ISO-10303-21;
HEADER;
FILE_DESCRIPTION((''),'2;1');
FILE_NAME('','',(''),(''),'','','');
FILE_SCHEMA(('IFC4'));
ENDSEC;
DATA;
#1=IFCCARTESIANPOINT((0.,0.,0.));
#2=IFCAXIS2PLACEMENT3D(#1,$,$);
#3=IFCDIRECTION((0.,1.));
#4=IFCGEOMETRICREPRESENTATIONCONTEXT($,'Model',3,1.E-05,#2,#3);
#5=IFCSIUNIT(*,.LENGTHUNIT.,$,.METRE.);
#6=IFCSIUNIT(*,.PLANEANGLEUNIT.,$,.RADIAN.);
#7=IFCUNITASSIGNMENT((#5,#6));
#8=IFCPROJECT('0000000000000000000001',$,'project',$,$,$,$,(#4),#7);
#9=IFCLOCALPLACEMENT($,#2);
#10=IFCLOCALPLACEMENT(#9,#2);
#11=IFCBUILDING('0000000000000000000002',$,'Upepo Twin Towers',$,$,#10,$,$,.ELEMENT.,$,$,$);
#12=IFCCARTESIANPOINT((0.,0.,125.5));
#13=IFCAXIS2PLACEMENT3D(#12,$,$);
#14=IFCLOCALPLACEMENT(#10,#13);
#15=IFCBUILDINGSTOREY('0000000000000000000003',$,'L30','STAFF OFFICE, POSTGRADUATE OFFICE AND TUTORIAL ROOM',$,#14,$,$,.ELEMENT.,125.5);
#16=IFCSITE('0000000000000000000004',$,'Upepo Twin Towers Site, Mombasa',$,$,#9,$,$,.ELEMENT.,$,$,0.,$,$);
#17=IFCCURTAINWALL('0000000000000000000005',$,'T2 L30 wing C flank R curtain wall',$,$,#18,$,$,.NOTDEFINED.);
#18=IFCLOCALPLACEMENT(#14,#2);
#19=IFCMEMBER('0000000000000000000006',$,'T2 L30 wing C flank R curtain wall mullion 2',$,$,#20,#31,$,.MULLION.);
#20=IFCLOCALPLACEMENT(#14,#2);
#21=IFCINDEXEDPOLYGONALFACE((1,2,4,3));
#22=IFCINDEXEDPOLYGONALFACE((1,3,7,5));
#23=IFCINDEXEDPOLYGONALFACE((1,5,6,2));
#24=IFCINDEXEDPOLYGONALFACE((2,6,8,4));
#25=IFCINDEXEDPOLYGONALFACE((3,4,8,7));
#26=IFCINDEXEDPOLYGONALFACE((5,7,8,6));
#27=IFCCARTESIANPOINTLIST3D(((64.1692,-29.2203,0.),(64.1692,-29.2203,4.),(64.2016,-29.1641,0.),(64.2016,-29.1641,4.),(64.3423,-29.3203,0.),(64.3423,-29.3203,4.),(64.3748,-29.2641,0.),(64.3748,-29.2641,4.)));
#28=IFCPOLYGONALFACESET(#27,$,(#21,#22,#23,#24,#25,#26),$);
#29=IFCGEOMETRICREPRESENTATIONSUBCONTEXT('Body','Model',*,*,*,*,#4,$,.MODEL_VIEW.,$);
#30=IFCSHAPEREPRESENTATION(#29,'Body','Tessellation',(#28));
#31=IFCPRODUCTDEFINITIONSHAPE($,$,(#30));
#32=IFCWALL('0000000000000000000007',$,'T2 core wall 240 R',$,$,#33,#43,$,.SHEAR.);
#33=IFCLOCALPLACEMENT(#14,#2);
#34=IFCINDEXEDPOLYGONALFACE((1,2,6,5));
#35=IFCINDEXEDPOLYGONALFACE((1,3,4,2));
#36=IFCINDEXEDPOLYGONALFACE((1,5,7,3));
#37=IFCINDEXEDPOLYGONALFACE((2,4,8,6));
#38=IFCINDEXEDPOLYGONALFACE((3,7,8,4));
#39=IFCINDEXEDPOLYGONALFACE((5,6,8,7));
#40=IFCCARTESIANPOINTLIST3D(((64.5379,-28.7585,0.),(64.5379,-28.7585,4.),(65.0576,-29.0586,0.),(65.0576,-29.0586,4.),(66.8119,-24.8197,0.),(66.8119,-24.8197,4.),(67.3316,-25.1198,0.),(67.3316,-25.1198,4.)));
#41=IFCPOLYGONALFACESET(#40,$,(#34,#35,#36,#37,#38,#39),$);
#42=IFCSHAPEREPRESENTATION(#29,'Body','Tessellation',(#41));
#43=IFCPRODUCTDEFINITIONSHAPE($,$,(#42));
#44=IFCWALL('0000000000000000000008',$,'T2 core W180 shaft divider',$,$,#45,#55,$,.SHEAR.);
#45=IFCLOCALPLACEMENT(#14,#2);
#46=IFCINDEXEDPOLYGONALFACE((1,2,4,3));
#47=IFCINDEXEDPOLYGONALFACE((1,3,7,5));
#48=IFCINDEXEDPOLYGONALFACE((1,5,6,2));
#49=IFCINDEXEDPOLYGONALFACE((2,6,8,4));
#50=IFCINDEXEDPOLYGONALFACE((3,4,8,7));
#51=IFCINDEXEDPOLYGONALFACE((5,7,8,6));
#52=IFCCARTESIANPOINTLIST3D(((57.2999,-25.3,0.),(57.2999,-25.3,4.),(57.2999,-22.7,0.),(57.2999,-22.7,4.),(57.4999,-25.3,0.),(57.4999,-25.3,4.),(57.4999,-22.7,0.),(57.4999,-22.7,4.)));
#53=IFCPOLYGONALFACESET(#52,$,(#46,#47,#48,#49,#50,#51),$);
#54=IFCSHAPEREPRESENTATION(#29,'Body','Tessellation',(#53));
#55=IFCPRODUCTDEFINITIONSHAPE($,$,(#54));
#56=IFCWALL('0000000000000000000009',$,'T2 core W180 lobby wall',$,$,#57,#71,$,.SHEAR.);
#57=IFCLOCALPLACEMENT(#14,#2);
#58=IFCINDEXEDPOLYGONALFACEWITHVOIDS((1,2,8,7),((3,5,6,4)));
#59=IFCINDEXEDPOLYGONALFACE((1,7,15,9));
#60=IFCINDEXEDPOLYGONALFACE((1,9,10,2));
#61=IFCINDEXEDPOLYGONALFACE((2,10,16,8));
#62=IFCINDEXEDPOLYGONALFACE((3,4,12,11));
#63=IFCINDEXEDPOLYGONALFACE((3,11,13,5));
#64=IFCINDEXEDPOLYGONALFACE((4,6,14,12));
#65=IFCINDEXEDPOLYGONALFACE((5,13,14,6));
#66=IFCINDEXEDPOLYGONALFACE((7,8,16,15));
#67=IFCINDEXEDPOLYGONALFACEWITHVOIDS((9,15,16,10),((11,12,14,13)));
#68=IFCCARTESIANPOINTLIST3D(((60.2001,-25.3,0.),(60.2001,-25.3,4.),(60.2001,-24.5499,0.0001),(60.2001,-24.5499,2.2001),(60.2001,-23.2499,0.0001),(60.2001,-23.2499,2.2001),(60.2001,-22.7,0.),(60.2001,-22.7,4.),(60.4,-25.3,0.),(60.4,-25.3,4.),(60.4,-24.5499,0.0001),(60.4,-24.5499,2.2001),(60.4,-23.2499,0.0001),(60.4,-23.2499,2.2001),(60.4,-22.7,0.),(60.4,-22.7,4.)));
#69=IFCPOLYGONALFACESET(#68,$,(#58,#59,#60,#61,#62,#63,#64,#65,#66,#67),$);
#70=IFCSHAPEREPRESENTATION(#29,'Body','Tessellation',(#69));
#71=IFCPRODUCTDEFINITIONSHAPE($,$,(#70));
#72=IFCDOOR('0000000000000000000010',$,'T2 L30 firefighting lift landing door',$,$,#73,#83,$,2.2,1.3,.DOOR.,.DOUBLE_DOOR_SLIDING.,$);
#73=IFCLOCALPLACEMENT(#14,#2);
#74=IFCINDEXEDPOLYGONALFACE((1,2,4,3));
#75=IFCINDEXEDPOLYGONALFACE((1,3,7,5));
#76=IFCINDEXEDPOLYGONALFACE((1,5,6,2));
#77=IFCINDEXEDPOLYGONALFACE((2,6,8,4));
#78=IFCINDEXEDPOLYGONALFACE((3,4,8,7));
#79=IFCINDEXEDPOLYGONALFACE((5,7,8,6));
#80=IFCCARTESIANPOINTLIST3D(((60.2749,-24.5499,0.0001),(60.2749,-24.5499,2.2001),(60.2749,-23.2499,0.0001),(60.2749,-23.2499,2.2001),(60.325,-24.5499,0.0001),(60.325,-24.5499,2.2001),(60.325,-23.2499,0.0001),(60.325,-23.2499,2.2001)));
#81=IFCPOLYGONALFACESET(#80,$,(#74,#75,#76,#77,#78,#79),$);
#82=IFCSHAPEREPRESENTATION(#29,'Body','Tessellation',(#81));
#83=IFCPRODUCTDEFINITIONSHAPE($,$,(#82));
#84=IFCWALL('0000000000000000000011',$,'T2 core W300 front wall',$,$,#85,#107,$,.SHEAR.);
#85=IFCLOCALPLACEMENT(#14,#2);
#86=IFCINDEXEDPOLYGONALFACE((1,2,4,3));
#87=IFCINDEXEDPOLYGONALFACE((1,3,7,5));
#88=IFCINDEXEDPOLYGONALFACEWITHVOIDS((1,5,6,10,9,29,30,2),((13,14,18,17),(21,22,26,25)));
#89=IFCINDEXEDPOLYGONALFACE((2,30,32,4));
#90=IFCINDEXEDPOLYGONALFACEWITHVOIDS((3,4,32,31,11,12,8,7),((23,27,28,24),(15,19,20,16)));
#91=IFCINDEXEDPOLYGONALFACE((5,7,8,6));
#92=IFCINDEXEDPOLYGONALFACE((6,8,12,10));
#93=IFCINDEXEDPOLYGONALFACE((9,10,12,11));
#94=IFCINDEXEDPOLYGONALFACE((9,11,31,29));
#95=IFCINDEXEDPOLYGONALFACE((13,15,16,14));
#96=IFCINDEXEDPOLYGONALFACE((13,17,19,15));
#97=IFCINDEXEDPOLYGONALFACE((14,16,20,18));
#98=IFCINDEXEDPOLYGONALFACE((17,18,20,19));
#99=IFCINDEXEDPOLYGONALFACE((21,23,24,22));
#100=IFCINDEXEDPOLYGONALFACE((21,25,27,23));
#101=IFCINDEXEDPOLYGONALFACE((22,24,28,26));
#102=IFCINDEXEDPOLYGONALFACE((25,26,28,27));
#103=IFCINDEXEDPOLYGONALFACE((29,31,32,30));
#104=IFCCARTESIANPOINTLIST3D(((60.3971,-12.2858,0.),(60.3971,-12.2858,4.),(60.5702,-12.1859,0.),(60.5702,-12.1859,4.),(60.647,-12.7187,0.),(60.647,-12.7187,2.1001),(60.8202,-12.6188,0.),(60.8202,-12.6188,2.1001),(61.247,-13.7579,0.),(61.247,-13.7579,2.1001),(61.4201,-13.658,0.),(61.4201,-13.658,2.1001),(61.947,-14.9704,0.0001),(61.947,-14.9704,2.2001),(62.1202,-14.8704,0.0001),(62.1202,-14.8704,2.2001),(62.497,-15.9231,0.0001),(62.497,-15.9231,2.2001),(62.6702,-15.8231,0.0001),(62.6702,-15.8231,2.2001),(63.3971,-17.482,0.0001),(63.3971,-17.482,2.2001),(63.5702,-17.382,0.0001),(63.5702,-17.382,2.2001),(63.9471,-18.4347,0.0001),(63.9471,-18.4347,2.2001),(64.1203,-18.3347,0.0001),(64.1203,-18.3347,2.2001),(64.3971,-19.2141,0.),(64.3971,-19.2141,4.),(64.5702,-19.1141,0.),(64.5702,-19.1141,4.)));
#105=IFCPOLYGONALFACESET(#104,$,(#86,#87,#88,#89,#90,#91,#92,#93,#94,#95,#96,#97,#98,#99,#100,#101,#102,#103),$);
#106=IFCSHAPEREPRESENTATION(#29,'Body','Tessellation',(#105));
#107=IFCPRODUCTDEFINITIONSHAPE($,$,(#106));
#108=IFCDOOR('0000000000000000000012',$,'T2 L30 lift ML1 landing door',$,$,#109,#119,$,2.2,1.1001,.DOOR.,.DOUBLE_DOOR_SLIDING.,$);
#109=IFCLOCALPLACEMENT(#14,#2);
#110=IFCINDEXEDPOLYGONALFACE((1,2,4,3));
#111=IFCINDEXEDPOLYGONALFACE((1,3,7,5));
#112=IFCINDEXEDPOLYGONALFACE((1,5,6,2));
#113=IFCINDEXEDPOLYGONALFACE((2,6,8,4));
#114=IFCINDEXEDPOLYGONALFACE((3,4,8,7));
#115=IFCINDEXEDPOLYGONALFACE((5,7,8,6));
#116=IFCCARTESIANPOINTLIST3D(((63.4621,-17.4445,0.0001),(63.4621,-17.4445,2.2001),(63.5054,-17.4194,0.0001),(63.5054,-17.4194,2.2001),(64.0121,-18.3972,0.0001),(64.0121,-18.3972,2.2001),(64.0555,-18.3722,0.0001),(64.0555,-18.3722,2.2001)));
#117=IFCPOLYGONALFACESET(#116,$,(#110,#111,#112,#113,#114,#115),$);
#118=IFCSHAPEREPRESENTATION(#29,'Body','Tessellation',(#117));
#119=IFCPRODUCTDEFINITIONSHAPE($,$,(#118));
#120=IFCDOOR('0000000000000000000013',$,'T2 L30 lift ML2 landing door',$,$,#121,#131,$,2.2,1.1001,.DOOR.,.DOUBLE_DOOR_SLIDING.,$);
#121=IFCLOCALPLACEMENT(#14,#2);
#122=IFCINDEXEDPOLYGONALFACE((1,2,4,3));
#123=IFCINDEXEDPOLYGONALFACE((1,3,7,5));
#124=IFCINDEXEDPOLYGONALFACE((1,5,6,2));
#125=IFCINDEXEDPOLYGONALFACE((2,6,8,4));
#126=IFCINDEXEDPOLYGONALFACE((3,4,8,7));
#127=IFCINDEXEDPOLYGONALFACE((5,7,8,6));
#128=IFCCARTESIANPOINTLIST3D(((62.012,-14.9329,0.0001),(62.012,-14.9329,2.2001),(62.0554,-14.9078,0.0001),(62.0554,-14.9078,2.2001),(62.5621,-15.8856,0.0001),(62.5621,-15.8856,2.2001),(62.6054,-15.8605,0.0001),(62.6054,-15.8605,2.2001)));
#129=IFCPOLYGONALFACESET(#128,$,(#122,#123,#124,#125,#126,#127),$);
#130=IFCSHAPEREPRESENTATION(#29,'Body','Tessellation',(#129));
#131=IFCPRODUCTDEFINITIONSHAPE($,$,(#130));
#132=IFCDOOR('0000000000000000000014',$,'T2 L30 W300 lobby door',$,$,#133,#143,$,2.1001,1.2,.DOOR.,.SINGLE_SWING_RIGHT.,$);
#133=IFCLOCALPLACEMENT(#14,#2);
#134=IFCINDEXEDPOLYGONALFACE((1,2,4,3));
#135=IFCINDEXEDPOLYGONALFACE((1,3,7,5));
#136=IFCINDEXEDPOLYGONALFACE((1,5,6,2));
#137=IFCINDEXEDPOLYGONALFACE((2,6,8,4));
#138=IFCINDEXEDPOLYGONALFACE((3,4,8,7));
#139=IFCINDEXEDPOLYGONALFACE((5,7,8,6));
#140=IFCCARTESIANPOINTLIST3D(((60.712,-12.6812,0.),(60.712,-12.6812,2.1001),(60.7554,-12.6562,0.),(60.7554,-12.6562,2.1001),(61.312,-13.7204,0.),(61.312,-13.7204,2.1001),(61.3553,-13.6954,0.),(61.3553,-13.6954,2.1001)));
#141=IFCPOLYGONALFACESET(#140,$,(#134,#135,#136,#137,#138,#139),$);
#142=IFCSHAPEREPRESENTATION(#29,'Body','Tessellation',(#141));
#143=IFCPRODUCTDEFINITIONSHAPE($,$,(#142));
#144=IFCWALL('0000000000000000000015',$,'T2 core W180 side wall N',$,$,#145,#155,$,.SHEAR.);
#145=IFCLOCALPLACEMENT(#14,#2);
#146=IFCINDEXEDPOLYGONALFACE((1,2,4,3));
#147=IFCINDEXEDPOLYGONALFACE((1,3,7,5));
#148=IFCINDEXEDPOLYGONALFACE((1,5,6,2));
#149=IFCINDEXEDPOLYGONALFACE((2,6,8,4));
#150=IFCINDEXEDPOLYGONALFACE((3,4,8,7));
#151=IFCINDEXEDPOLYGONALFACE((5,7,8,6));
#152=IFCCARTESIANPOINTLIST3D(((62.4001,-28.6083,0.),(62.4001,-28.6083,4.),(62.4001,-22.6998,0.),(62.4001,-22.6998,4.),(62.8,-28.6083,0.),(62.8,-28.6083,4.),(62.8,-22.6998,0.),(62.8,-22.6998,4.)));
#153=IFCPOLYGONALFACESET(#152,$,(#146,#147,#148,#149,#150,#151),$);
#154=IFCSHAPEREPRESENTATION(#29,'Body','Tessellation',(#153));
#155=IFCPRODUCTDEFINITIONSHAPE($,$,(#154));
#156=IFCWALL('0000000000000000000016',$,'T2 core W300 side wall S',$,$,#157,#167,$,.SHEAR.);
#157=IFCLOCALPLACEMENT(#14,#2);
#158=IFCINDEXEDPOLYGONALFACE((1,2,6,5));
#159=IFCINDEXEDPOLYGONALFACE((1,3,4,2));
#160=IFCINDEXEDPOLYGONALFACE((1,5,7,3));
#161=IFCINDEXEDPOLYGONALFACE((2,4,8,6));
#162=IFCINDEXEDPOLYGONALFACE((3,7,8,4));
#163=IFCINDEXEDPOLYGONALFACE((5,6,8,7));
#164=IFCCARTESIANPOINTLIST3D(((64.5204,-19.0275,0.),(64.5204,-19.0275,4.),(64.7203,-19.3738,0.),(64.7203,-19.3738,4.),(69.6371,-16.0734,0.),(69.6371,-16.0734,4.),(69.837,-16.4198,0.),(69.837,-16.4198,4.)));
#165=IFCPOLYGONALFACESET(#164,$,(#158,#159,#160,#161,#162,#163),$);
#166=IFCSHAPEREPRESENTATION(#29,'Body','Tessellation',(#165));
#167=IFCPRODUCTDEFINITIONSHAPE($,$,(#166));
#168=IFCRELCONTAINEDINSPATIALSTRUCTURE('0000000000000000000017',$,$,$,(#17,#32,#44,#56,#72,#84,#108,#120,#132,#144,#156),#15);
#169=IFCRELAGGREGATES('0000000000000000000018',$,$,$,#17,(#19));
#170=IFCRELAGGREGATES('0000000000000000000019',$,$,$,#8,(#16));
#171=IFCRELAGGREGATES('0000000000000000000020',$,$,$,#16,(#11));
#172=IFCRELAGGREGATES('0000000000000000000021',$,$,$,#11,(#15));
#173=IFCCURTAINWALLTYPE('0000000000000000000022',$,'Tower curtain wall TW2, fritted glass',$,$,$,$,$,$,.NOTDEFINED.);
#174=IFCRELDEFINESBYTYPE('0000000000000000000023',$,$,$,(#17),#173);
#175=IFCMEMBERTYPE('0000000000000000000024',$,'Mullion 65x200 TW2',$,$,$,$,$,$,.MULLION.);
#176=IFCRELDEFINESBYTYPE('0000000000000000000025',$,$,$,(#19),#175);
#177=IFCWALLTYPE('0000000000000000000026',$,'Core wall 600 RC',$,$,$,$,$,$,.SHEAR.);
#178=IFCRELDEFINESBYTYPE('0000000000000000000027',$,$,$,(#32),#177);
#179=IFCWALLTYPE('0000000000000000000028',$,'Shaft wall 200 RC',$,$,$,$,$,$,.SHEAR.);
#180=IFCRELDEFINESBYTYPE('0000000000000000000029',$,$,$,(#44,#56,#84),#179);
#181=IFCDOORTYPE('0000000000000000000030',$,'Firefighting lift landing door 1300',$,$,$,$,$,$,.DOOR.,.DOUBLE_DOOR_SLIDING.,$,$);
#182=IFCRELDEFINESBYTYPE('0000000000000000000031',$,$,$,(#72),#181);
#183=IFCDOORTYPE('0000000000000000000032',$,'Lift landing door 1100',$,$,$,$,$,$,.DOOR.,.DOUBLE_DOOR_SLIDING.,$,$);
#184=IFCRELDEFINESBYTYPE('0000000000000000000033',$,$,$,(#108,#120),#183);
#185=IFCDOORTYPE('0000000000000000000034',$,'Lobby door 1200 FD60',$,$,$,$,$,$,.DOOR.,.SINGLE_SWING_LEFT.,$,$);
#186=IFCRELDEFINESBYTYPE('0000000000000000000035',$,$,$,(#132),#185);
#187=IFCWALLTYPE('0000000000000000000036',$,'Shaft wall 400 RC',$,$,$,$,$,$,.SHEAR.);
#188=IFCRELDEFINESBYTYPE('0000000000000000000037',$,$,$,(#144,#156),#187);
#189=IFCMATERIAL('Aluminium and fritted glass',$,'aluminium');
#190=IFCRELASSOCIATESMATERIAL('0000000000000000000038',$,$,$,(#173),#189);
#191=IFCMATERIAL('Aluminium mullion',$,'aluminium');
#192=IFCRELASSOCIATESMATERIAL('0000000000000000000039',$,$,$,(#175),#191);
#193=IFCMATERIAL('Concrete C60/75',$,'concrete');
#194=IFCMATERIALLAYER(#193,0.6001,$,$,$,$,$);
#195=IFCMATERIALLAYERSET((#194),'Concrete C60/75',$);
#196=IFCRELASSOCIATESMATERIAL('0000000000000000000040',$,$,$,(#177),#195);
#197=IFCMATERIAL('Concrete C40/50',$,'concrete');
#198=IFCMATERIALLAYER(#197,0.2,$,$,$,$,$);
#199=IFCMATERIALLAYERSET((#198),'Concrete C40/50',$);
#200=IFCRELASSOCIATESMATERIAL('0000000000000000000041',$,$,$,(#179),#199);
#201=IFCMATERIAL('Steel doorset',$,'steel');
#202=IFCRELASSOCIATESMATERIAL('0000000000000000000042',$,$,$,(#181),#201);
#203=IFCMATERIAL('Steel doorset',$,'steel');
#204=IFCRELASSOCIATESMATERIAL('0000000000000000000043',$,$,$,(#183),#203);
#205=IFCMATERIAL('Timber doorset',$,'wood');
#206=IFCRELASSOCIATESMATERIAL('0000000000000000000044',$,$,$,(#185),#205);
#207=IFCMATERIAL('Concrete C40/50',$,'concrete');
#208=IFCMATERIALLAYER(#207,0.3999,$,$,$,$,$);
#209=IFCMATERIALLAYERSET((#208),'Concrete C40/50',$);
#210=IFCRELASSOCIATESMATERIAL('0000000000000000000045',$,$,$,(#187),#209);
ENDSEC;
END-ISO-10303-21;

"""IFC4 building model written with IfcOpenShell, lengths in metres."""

from ifc_helpers import new_model, si_unit, direction, frame, frame_2d, origin, origin_2d, place, context, subcontext, project, spatial, rectangle, extrude, material, layer, layer_set, material_profile, profile_set, type_object, element, fill, aggregate, save


model = new_model("IFC4")

# Units and contexts
model_context = context("Model", 3, precision=1e-05, world=origin(), true_north=direction((0.0, 1.0)))
body_context = subcontext(model_context, "Body", "Model", "MODEL_VIEW")
ifc_project = project(units=[si_unit("LENGTHUNIT", "METRE"), si_unit("PLANEANGLEUNIT", "RADIAN")], contexts=[model_context])

# Site, building, storey
site_placement = place(None, origin())
site = spatial("IfcSite", under=ifc_project, at=site_placement, Name="Upepo Twin Towers Site, Mombasa", CompositionType="ELEMENT", RefElevation=0.0)
building_placement = place(site_placement, origin())
building = spatial("IfcBuilding", under=site, at=building_placement, Name="Upepo Twin Towers", CompositionType="ELEMENT")
storey_placement = place(building_placement, frame((0.0, 0.0, 125.5)))
storey = spatial("IfcBuildingStorey", under=building, at=storey_placement, Name="L30", Description="STAFF OFFICE, POSTGRADUATE OFFICE AND TUTORIAL ROOM", CompositionType="ELEMENT", Elevation=125.5)

# Curtain wall, member
ifc_material_1 = material(Name="Aluminium and fritted glass", Category="aluminium")
curtain_wall_type = type_object("IfcCurtainWallType", Name="Tower curtain wall TW2, fritted glass", PredefinedType="NOTDEFINED", material=ifc_material_1)
curtain_wall_placement = place(storey_placement, origin())
curtain_wall = element("IfcCurtainWall", 1, at=curtain_wall_placement, inside=storey, type_object=curtain_wall_type, Name="T2 L30 wing C flank R curtain wall", PredefinedType="NOTDEFINED")
ifc_material_2 = material(Name="Aluminium mullion", Category="aluminium")
ifc_material_profile = material_profile(ifc_material_2, rectangle(XDim=0.0649, YDim=0.2, at=origin_2d()), Name="MULLION 65x200")
ifc_profile_set = profile_set([ifc_material_profile], Name="Aluminium mullion")
member_type = type_object("IfcMemberType", Name="Mullion 65x200 TW2", PredefinedType="MULLION", material=ifc_profile_set)
member_placement = place(storey_placement, frame((64.272, -29.2422, 0.0), z_axis=(0.0, 0.0, 1.0), x_axis=(-0.5, -0.866025, 0.0)))
member = element("IfcMember", 2, at=member_placement, type_object=member_type, Name="T2 L30 wing C flank R curtain wall mullion 2", PredefinedType="MULLION", context=body_context, shape_type="SweptSolid", body=[
    extrude(rectangle(XDim=0.0649, YDim=0.2, at=origin_2d()), origin(), (0.0, 0.0, 1.0), 4.0),
])
aggregate(curtain_wall, [member])

# Walls
ifc_material_3 = material(Name="Concrete C60/75", Category="concrete")
ifc_layer_1 = layer(ifc_material_3, 0.6001)
ifc_layer_set_1 = layer_set([ifc_layer_1], Name="Concrete C60/75")
wall_type_1 = type_object("IfcWallType", Name="Core wall 600 RC", PredefinedType="SHEAR", material=ifc_layer_set_1)
wall_1_placement = place(storey_placement, frame((64.7979, -28.9084, 0.0), z_axis=(0.0, 0.0, 1.0), x_axis=(0.499984, 0.866035, 0.0)))
element("IfcWall", 3, at=wall_1_placement, inside=storey, type_object=wall_type_1, Name="T2 core wall 240 R", PredefinedType="SHEAR", context=body_context, shape_type="SweptSolid", body=[
    extrude(rectangle(XDim=4.5481, YDim=0.6001, at=frame_2d((2.2739, 0.0))), origin(), (0.0, 0.0, 1.0), 4.0),
])
ifc_material_4 = material(Name="Concrete C40/50", Category="concrete")
ifc_layer_2 = layer(ifc_material_4, 0.2)
ifc_layer_set_2 = layer_set([ifc_layer_2], Name="Concrete C40/50")
wall_type_2 = type_object("IfcWallType", Name="Shaft wall 200 RC", PredefinedType="SHEAR", material=ifc_layer_set_2)
wall_2_placement = place(storey_placement, frame((57.3999, -22.7, 0.0), z_axis=(0.0, 0.0, 1.0), x_axis=(0.0, -1.0, 0.0)))
element("IfcWall", 4, at=wall_2_placement, inside=storey, type_object=wall_type_2, Name="T2 core W180 shaft divider", PredefinedType="SHEAR", context=body_context, shape_type="SweptSolid", body=[
    extrude(rectangle(XDim=2.6001, YDim=0.2, at=frame_2d((1.3, 0.0))), origin(), (0.0, 0.0, 1.0), 4.0),
])

# Wall, opening, door
wall_3_placement = place(storey_placement, frame((60.3, -22.7, 0.0), z_axis=(0.0, 0.0, 1.0), x_axis=(0.0, -1.0, 0.0)))
wall_3 = element("IfcWall", 5, at=wall_3_placement, inside=storey, type_object=wall_type_2, Name="T2 core W180 lobby wall", PredefinedType="SHEAR", context=body_context, shape_type="SweptSolid", body=[
    extrude(rectangle(XDim=2.6001, YDim=0.2, at=frame_2d((1.3, 0.0))), origin(), (0.0, 0.0, 1.0), 4.0),
])
opening_1_placement = place(wall_3_placement, frame((0.55, 0.0, 0.0)))
opening_1 = element("IfcOpeningElement", 6, at=opening_1_placement, cuts=wall_3, PredefinedType="OPENING", context=body_context, shape_type="SweptSolid", body=[
    extrude(rectangle(XDim=1.3, YDim=2.2, at=frame_2d((0.6499, 1.1001))), frame((0.0, 0.1099, 0.0), z_axis=(0.0, -1.0, 0.0), x_axis=(1.0, 0.0, 0.0)), (0.0, 0.0, 1.0), 0.22),
])
ifc_material_5 = material(Name="Steel doorset", Category="steel")
door_type_1 = type_object("IfcDoorType", Name="Firefighting lift landing door 1300", OperationType="DOUBLE_DOOR_SLIDING", PredefinedType="DOOR", material=ifc_material_5)
door_1_placement = place(opening_1_placement, origin())
door_1 = element("IfcDoor", 7, at=door_1_placement, inside=storey, type_object=door_type_1, Name="T2 L30 firefighting lift landing door", OperationType="DOUBLE_DOOR_SLIDING", OverallHeight=2.2, OverallWidth=1.3, PredefinedType="DOOR", context=body_context, shape_type="SweptSolid", body=[
    extrude(rectangle(XDim=1.3, YDim=2.2, at=frame_2d((0.6499, 1.1001))), frame((0.0, 0.0249, 0.0), z_axis=(0.0, -1.0, 0.0), x_axis=(1.0, 0.0, 0.0)), (0.0, 0.0, 1.0), 0.05),
])
fill(opening_1, door_1)

# Wall, openings, doors
wall_4_placement = place(storey_placement, frame((64.4836, -19.1641, 0.0), z_axis=(0.0, 0.0, 1.0), x_axis=(-0.499999, 0.866026, 0.0)))
wall_4 = element("IfcWall", 8, at=wall_4_placement, inside=storey, type_object=wall_type_2, Name="T2 core W300 front wall", PredefinedType="SHEAR", context=body_context, shape_type="SweptSolid", body=[
    extrude(rectangle(XDim=8.0, YDim=0.2, at=frame_2d((4.0, 0.0))), origin(), (0.0, 0.0, 1.0), 4.0),
])
opening_2_placement = place(wall_4_placement, frame((6.3, 0.0, 0.0)))
opening_2 = element("IfcOpeningElement", 9, at=opening_2_placement, cuts=wall_4, PredefinedType="OPENING", context=body_context, shape_type="SweptSolid", body=[
    extrude(rectangle(XDim=1.2, YDim=2.1001, at=frame_2d((0.6001, 1.05))), frame((0.0, 0.1099, 0.0), z_axis=(0.0, -1.0, 0.0), x_axis=(1.0, 0.0, 0.0)), (0.0, 0.0, 1.0), 0.22),
])
opening_3_placement = place(wall_4_placement, frame((0.8999, 0.0, 0.0)))
opening_3 = element("IfcOpeningElement", 10, at=opening_3_placement, cuts=wall_4, PredefinedType="OPENING", context=body_context, shape_type="SweptSolid", body=[
    extrude(rectangle(XDim=1.1001, YDim=2.2, at=frame_2d((0.55, 1.1001))), frame((0.0, 0.1099, 0.0), z_axis=(0.0, -1.0, 0.0), x_axis=(1.0, 0.0, 0.0)), (0.0, 0.0, 1.0), 0.22),
])
opening_4_placement = place(wall_4_placement, frame((3.8, 0.0, 0.0)))
opening_4 = element("IfcOpeningElement", 11, at=opening_4_placement, cuts=wall_4, PredefinedType="OPENING", context=body_context, shape_type="SweptSolid", body=[
    extrude(rectangle(XDim=1.1001, YDim=2.2, at=frame_2d((0.55, 1.1001))), frame((0.0, 0.1099, 0.0), z_axis=(0.0, -1.0, 0.0), x_axis=(1.0, 0.0, 0.0)), (0.0, 0.0, 1.0), 0.22),
])
ifc_material_6 = material(Name="Steel doorset", Category="steel")
door_type_2 = type_object("IfcDoorType", Name="Lift landing door 1100", OperationType="DOUBLE_DOOR_SLIDING", PredefinedType="DOOR", material=ifc_material_6)
door_2_placement = place(opening_3_placement, origin())
door_2 = element("IfcDoor", 12, at=door_2_placement, inside=storey, type_object=door_type_2, Name="T2 L30 lift ML1 landing door", OperationType="DOUBLE_DOOR_SLIDING", OverallHeight=2.2, OverallWidth=1.1001, PredefinedType="DOOR", context=body_context, shape_type="SweptSolid", body=[
    extrude(rectangle(XDim=1.1001, YDim=2.2, at=frame_2d((0.55, 1.1001))), frame((0.0, 0.0249, 0.0), z_axis=(0.0, -1.0, 0.0), x_axis=(1.0, 0.0, 0.0)), (0.0, 0.0, 1.0), 0.05),
])
fill(opening_3, door_2)
door_3_placement = place(opening_4_placement, origin())
door_3 = element("IfcDoor", 13, at=door_3_placement, inside=storey, type_object=door_type_2, Name="T2 L30 lift ML2 landing door", OperationType="DOUBLE_DOOR_SLIDING", OverallHeight=2.2, OverallWidth=1.1001, PredefinedType="DOOR", context=body_context, shape_type="SweptSolid", body=[
    extrude(rectangle(XDim=1.1001, YDim=2.2, at=frame_2d((0.55, 1.1001))), frame((0.0, 0.0249, 0.0), z_axis=(0.0, -1.0, 0.0), x_axis=(1.0, 0.0, 0.0)), (0.0, 0.0, 1.0), 0.05),
])
fill(opening_4, door_3)
ifc_material_7 = material(Name="Timber doorset", Category="wood")
door_type_3 = type_object("IfcDoorType", Name="Lobby door 1200 FD60", OperationType="SINGLE_SWING_LEFT", PredefinedType="DOOR", material=ifc_material_7)
door_4_placement = place(opening_2_placement, origin())
door_4 = element("IfcDoor", 14, at=door_4_placement, inside=storey, type_object=door_type_3, Name="T2 L30 W300 lobby door", OperationType="SINGLE_SWING_RIGHT", OverallHeight=2.1001, OverallWidth=1.2, PredefinedType="DOOR", context=body_context, shape_type="SweptSolid", body=[
    extrude(rectangle(XDim=1.2, YDim=2.1001, at=frame_2d((0.6001, 1.05))), frame((0.0, 0.0249, 0.0), z_axis=(0.0, -1.0, 0.0), x_axis=(1.0, 0.0, 0.0)), (0.0, 0.0, 1.0), 0.05),
])
fill(opening_2, door_4)

# Walls
ifc_material_8 = material(Name="Concrete C40/50", Category="concrete")
ifc_layer_3 = layer(ifc_material_8, 0.3999)
ifc_layer_set_3 = layer_set([ifc_layer_3], Name="Concrete C40/50")
wall_type_3 = type_object("IfcWallType", Name="Shaft wall 400 RC", PredefinedType="SHEAR", material=ifc_layer_set_3)
wall_5_placement = place(storey_placement, frame((62.6001, -22.7, 0.0), z_axis=(0.0, 0.0, 1.0), x_axis=(0.0, -1.0, 0.0)))
element("IfcWall", 15, at=wall_5_placement, inside=storey, type_object=wall_type_3, Name="T2 core W180 side wall N", PredefinedType="SHEAR", context=body_context, shape_type="SweptSolid", body=[
    extrude(rectangle(XDim=5.9084, YDim=0.3999, at=frame_2d((2.9541, 0.0))), origin(), (0.0, 0.0, 1.0), 4.0),
])
wall_6_placement = place(storey_placement, frame((64.6204, -19.2007, 0.0), z_axis=(0.0, 0.0, 1.0), x_axis=(0.866027, 0.499997, 0.0)))
element("IfcWall", 16, at=wall_6_placement, inside=storey, type_object=wall_type_3, Name="T2 core W300 side wall S", PredefinedType="SHEAR", context=body_context, shape_type="SweptSolid", body=[
    extrude(rectangle(XDim=5.9082, YDim=0.3999, at=frame_2d((2.9541, 0.0))), origin(), (0.0, 0.0, 1.0), 4.0),
])

save(model, "model.ifc")
